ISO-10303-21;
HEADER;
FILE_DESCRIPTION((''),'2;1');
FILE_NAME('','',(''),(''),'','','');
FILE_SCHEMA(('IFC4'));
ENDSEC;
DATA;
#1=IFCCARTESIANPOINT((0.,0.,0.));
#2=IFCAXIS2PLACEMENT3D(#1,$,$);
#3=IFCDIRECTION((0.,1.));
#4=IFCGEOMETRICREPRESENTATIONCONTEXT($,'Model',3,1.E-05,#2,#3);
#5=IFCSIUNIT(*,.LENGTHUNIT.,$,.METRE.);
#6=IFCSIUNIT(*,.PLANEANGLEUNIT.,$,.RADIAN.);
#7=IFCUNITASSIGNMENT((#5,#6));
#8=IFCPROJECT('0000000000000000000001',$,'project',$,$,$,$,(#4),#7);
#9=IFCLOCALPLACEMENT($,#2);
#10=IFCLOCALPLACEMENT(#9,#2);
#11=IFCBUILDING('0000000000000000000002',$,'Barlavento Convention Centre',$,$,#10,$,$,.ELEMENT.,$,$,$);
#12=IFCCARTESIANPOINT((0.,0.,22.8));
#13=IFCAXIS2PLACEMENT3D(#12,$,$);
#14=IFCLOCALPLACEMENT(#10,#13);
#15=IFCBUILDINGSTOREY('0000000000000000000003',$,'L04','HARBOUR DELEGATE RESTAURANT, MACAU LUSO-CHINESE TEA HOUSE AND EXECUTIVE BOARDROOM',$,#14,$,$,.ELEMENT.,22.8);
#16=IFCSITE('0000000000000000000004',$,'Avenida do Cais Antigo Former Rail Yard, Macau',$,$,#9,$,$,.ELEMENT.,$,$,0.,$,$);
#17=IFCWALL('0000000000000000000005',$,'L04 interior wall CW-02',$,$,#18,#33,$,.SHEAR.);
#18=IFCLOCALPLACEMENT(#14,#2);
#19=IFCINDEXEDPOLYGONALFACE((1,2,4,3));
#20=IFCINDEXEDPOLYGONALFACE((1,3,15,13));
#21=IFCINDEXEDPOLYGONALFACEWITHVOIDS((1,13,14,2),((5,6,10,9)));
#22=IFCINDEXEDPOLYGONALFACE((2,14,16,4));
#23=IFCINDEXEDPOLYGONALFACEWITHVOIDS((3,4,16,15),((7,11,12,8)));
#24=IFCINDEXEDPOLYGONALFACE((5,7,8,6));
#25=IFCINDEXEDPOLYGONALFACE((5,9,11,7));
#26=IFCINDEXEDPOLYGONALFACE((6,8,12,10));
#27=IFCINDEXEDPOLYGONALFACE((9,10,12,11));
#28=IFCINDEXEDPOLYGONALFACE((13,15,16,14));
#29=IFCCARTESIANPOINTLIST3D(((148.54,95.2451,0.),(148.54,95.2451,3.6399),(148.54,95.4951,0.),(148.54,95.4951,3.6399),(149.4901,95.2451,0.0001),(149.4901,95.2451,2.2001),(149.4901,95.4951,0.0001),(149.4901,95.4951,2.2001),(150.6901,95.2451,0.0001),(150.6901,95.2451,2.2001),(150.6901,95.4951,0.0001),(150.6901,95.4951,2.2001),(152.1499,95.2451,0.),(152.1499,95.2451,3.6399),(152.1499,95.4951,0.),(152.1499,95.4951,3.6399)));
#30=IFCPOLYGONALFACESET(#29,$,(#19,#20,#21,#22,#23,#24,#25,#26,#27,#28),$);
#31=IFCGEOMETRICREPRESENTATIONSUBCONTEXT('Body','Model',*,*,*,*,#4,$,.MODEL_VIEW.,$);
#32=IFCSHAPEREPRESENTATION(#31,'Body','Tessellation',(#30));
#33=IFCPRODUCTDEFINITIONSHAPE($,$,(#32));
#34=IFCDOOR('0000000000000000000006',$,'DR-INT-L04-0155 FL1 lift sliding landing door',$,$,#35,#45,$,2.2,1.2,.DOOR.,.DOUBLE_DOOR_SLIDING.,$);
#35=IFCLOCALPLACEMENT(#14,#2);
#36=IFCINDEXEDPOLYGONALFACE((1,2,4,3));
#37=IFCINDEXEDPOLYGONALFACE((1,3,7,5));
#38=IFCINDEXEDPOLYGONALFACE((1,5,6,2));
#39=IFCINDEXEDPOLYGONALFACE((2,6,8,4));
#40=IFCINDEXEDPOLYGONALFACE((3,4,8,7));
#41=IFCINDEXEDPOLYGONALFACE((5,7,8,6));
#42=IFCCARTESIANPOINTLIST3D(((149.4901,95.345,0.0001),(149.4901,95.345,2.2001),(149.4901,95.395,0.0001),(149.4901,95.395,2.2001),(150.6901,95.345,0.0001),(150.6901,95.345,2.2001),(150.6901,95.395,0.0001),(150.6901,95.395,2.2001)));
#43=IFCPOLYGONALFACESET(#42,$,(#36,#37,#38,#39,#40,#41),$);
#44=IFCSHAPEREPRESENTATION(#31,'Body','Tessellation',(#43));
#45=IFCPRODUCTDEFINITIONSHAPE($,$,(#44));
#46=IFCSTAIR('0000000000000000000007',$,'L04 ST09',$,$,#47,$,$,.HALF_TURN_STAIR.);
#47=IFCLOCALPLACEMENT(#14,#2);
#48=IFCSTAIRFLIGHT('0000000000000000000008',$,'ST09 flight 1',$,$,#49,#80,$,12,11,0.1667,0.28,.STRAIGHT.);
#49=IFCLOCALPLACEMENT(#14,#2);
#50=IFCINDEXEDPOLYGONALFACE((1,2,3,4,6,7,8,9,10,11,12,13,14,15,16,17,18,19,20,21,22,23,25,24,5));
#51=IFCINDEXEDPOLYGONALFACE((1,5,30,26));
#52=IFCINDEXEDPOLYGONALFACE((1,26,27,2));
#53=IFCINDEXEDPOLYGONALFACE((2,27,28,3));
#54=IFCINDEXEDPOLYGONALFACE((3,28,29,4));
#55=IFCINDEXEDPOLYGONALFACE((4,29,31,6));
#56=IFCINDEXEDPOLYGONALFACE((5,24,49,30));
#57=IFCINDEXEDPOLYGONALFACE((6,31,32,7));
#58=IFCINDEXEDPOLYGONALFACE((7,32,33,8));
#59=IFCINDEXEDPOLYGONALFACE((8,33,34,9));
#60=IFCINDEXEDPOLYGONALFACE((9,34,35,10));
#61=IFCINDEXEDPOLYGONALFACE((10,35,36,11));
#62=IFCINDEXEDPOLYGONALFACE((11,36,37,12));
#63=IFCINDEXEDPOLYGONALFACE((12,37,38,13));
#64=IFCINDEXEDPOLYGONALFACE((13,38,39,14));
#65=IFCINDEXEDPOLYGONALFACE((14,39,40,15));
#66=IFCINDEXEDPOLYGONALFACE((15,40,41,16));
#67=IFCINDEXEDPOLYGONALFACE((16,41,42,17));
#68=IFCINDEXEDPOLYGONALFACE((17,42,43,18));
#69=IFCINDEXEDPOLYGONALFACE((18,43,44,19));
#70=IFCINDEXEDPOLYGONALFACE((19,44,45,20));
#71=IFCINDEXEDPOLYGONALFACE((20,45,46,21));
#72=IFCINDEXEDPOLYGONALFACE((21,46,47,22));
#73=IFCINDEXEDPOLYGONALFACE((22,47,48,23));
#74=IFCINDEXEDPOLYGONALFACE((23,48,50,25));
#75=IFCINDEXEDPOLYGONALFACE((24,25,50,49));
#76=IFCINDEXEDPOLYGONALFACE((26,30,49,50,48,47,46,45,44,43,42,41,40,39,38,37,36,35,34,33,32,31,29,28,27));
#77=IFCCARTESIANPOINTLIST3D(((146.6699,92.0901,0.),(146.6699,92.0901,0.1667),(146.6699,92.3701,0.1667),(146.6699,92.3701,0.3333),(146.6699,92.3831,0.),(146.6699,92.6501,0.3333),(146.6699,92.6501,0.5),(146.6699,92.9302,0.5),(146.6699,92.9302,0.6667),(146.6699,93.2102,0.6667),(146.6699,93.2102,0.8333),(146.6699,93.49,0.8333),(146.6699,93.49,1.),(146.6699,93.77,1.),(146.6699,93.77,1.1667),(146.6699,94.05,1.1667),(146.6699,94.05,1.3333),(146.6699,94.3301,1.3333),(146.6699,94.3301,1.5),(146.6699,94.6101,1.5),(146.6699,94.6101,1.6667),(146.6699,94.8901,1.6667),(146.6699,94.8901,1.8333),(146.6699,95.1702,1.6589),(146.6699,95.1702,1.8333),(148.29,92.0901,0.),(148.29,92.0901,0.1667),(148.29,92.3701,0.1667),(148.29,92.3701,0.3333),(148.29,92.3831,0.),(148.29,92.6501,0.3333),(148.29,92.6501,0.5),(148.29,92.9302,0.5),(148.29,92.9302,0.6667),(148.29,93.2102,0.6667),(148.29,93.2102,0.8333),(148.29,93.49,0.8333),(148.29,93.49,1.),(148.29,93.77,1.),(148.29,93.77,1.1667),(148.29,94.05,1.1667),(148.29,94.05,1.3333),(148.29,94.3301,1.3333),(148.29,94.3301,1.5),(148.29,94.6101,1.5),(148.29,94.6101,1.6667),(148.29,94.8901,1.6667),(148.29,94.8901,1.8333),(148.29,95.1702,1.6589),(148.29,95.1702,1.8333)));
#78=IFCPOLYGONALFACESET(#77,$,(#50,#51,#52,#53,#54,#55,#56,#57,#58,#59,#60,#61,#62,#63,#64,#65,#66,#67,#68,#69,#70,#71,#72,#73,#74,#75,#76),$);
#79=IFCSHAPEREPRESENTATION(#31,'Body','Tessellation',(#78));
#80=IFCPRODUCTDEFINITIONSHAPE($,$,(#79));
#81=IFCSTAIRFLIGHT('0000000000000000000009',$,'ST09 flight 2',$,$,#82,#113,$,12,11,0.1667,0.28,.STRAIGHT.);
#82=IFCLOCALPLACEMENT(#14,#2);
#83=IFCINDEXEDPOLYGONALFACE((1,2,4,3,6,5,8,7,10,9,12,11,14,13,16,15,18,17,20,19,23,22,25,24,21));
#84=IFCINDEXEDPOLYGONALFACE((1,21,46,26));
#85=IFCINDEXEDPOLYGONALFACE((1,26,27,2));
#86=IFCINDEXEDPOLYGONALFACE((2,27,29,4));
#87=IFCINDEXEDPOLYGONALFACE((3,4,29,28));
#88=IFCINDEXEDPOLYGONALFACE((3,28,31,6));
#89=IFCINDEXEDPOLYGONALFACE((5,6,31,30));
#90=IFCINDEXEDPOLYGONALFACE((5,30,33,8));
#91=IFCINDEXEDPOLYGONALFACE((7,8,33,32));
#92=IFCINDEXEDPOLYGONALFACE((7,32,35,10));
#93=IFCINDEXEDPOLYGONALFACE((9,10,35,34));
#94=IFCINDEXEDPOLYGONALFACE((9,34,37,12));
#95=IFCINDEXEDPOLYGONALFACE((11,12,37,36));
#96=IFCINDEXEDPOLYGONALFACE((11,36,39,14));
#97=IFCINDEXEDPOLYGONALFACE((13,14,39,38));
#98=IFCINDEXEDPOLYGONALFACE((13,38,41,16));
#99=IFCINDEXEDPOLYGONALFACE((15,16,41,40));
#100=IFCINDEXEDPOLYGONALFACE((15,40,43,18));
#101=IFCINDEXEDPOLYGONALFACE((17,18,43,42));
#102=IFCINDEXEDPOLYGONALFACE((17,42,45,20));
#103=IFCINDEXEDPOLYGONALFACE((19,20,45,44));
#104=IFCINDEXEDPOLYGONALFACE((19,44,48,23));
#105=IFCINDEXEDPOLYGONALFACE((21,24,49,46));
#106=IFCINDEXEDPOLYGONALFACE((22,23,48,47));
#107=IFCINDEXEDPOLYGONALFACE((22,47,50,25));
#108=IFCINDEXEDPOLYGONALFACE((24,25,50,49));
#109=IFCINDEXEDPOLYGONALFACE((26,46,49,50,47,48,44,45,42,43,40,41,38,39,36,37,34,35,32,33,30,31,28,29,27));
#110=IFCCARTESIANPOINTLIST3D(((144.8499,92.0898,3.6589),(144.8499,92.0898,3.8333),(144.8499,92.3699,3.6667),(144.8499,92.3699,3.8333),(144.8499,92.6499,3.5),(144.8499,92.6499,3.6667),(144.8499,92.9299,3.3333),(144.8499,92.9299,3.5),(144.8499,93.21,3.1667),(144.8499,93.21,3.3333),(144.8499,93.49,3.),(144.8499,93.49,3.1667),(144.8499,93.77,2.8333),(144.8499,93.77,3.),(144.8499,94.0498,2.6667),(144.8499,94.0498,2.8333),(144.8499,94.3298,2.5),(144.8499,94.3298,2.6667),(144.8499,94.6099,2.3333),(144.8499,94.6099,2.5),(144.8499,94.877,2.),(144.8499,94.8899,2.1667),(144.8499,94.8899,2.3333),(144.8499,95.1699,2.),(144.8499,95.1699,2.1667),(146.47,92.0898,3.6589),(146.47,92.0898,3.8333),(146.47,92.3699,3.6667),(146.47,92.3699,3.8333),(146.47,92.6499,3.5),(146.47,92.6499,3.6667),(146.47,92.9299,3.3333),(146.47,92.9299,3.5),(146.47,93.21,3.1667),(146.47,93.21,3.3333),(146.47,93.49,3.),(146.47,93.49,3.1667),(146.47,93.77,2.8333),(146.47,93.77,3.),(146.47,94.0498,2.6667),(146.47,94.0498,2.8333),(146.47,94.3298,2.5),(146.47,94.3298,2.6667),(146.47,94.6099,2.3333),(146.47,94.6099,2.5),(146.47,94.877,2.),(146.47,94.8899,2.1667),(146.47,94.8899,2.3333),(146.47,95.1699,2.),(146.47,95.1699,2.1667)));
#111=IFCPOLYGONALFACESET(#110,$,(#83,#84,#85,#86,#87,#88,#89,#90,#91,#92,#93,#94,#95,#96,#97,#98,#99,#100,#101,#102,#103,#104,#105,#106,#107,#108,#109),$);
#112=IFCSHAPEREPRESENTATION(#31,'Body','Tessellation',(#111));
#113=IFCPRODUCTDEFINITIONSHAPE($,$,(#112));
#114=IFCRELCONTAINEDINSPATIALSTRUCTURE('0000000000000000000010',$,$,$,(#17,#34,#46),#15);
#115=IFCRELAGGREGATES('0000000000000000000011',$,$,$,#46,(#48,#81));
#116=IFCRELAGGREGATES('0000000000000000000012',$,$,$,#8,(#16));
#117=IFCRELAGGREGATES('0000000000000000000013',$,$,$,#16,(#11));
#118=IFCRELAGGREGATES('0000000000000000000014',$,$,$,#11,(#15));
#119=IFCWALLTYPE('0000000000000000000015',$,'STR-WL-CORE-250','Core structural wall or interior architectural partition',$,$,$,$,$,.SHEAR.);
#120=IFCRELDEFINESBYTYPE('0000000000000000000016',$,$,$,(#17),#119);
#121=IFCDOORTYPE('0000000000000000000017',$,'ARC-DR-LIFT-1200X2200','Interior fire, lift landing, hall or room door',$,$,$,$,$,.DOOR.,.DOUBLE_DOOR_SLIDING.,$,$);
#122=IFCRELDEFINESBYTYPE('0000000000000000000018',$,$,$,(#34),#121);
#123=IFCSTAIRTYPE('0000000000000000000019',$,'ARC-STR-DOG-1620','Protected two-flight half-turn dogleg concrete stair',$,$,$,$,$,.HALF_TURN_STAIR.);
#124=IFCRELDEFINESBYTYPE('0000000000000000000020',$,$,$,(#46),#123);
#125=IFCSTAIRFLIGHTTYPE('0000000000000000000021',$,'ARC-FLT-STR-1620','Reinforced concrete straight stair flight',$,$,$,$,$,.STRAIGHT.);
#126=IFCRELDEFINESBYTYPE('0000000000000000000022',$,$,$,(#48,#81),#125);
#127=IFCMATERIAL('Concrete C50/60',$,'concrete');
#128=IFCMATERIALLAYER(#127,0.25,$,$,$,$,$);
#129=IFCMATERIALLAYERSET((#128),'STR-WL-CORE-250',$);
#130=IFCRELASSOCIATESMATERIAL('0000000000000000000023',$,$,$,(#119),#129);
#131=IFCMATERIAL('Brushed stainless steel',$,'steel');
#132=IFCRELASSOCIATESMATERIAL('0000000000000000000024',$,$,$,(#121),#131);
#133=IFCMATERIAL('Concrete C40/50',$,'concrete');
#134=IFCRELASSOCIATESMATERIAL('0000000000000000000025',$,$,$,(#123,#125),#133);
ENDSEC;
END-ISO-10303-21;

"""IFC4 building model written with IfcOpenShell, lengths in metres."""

from ifc_helpers import new_model, si_unit, direction, frame, frame_2d, origin, place, context, subcontext, project, spatial, polyline, rectangle, outline, extrude, material, layer, layer_set, type_object, element, fill, aggregate, save


model = new_model("IFC4")

# Units and contexts
model_context = context("Model", 3, precision=1e-05, world=origin(), true_north=direction((0.0, 1.0)))
body_context = subcontext(model_context, "Body", "Model", "MODEL_VIEW")
ifc_project = project(units=[si_unit("LENGTHUNIT", "METRE"), si_unit("PLANEANGLEUNIT", "RADIAN")], contexts=[model_context])

# Site, building, storey
site_placement = place(None, origin())
site = spatial("IfcSite", under=ifc_project, at=site_placement, Name="Avenida do Cais Antigo Former Rail Yard, Macau", CompositionType="ELEMENT", RefElevation=0.0)
building_placement = place(site_placement, origin())
building = spatial("IfcBuilding", under=site, at=building_placement, Name="Barlavento Convention Centre", CompositionType="ELEMENT")
storey_placement = place(building_placement, frame((0.0, 0.0, 22.8)))
storey = spatial("IfcBuildingStorey", under=building, at=storey_placement, Name="L04", Description="HARBOUR DELEGATE RESTAURANT, MACAU LUSO-CHINESE TEA HOUSE AND EXECUTIVE BOARDROOM", CompositionType="ELEMENT", Elevation=22.8)

# Shared definitions
ifc_material_1 = material(Name="Concrete C50/60", Category="concrete")
ifc_layer_1 = layer(ifc_material_1, 0.25)
ifc_layer_set_1 = layer_set([ifc_layer_1], Name="STR-WL-CORE-250")
wall_type_1 = type_object("IfcWallType", Name="STR-WL-CORE-250", Description="Core structural wall or interior architectural partition", PredefinedType="SHEAR", material=ifc_layer_set_1)

# Wall, opening, door
wall_1_placement = place(storey_placement, frame((148.54, 95.3701, 0.0), z_axis=(0.0, 0.0, 1.0), x_axis=(1.0, 0.0, 0.0)))
wall_1 = element("IfcWall", 1, at=wall_1_placement, inside=storey, type_object=wall_type_1, Name="L04 interior wall CW-02", PredefinedType="SHEAR", context=body_context, shape_type="SweptSolid", body=[
    extrude(rectangle(XDim=3.6099, YDim=0.25, at=frame_2d((1.8049, 0.0))), origin(), (0.0, 0.0, 1.0), 3.6399),
])
opening_placement = place(wall_1_placement, frame((0.95, 0.0, 0.0)))
opening = element("IfcOpeningElement", 2, at=opening_placement, cuts=wall_1, PredefinedType="OPENING", context=body_context, shape_type="SweptSolid", body=[
    extrude(rectangle(XDim=1.2, YDim=2.2, at=frame_2d((0.6001, 1.1001))), frame((0.0, 0.135, 0.0), z_axis=(0.0, -1.0, 0.0), x_axis=(1.0, 0.0, 0.0)), (0.0, 0.0, 1.0), 0.27),
])
ifc_material_2 = material(Name="Brushed stainless steel", Category="steel")
door_type = type_object("IfcDoorType", Name="ARC-DR-LIFT-1200X2200", Description="Interior fire, lift landing, hall or room door", OperationType="DOUBLE_DOOR_SLIDING", PredefinedType="DOOR", material=ifc_material_2)
door_placement = place(opening_placement, origin())
door = element("IfcDoor", 3, at=door_placement, inside=storey, type_object=door_type, Name="DR-INT-L04-0155 FL1 lift sliding landing door", OperationType="DOUBLE_DOOR_SLIDING", OverallHeight=2.2, OverallWidth=1.2, PredefinedType="DOOR", context=body_context, shape_type="SweptSolid", body=[
    extrude(rectangle(XDim=1.2, YDim=2.2, at=frame_2d((0.6001, 1.1001))), frame((0.0, 0.0249, 0.0), z_axis=(0.0, -1.0, 0.0), x_axis=(1.0, 0.0, 0.0)), (0.0, 0.0, 1.0), 0.05),
])
fill(opening, door)

# Stair, stair flights
ifc_material_3 = material(Name="Concrete C40/50", Category="concrete")
stair_type = type_object("IfcStairType", Name="ARC-STR-DOG-1620", Description="Protected two-flight half-turn dogleg concrete stair", PredefinedType="HALF_TURN_STAIR", material=ifc_material_3)
stair_placement = place(storey_placement, origin())
stair = element("IfcStair", 4, at=stair_placement, inside=storey, type_object=stair_type, Name="L04 ST09", PredefinedType="HALF_TURN_STAIR")
stair_flight_type = type_object("IfcStairFlightType", Name="ARC-FLT-STR-1620", Description="Reinforced concrete straight stair flight", PredefinedType="STRAIGHT", material=ifc_material_3)
stair_flight_1_placement = place(storey_placement, frame((147.48, 92.0901, 0.0), z_axis=(0.0, 0.0, 1.0), x_axis=(0.0, 1.0, 0.0)))
stair_flight_1 = element("IfcStairFlight", 5, at=stair_flight_1_placement, type_object=stair_flight_type, Name="ST09 flight 1", NumberOfRisers=12, NumberOfTreads=11, PredefinedType="STRAIGHT", RiserHeight=0.1667, TreadLength=0.28, context=body_context, shape_type="SweptSolid", body=[
    extrude(outline(polyline([(0.0, 0.0), (0.0, 0.1667), (0.28, 0.1667), (0.28, 0.3333), (0.5601, 0.3333), (0.5601, 0.5), (0.8401, 0.5), (0.8401, 0.6667), (1.1201, 0.6667), (1.1201, 0.8333), (1.3999, 0.8333), (1.3999, 1.0), (1.6799, 1.0), (1.6799, 1.1667), (1.96, 1.1667), (1.96, 1.3333), (2.24, 1.3333), (2.24, 1.5), (2.52, 1.5), (2.52, 1.6667), (2.8, 1.6667), (2.8, 1.8333), (3.0801, 1.8333), (3.0801, 2.0), (3.0801, 1.6589), (0.293, 0.0), (0.0, 0.0)])), frame((0.0, 0.8101, 0.0), z_axis=(0.0, -1.0, 0.0), x_axis=(1.0, 0.0, 0.0)), (0.0, 0.0, 1.0), 1.6201),
])
stair_flight_2_placement = place(storey_placement, frame((145.6599, 95.1699, 2.0), z_axis=(0.0, 0.0, 1.0), x_axis=(0.0, -1.0, 0.0)))
stair_flight_2 = element("IfcStairFlight", 6, at=stair_flight_2_placement, type_object=stair_flight_type, Name="ST09 flight 2", NumberOfRisers=12, NumberOfTreads=11, PredefinedType="STRAIGHT", RiserHeight=0.1667, TreadLength=0.28, context=body_context, shape_type="SweptSolid", body=[
    extrude(outline(polyline([(0.0, 0.0), (0.0, 0.1667), (0.28, 0.1667), (0.28, 0.3333), (0.5601, 0.3333), (0.5601, 0.5), (0.8401, 0.5), (0.8401, 0.6667), (1.1201, 0.6667), (1.1201, 0.8333), (1.3999, 0.8333), (1.3999, 1.0), (1.6799, 1.0), (1.6799, 1.1667), (1.96, 1.1667), (1.96, 1.3333), (2.24, 1.3333), (2.24, 1.5), (2.52, 1.5), (2.52, 1.6667), (2.8, 1.6667), (2.8, 1.8333), (3.0801, 1.8333), (3.0801, 2.0), (3.0801, 1.6589), (0.293, 0.0), (0.0, 0.0)])), frame((0.0, 0.8101, 0.0), z_axis=(0.0, -1.0, 0.0), x_axis=(1.0, 0.0, 0.0)), (0.0, 0.0, 1.0), 1.6201),
])
aggregate(stair, [stair_flight_1, stair_flight_2])

save(model, "model.ifc")
